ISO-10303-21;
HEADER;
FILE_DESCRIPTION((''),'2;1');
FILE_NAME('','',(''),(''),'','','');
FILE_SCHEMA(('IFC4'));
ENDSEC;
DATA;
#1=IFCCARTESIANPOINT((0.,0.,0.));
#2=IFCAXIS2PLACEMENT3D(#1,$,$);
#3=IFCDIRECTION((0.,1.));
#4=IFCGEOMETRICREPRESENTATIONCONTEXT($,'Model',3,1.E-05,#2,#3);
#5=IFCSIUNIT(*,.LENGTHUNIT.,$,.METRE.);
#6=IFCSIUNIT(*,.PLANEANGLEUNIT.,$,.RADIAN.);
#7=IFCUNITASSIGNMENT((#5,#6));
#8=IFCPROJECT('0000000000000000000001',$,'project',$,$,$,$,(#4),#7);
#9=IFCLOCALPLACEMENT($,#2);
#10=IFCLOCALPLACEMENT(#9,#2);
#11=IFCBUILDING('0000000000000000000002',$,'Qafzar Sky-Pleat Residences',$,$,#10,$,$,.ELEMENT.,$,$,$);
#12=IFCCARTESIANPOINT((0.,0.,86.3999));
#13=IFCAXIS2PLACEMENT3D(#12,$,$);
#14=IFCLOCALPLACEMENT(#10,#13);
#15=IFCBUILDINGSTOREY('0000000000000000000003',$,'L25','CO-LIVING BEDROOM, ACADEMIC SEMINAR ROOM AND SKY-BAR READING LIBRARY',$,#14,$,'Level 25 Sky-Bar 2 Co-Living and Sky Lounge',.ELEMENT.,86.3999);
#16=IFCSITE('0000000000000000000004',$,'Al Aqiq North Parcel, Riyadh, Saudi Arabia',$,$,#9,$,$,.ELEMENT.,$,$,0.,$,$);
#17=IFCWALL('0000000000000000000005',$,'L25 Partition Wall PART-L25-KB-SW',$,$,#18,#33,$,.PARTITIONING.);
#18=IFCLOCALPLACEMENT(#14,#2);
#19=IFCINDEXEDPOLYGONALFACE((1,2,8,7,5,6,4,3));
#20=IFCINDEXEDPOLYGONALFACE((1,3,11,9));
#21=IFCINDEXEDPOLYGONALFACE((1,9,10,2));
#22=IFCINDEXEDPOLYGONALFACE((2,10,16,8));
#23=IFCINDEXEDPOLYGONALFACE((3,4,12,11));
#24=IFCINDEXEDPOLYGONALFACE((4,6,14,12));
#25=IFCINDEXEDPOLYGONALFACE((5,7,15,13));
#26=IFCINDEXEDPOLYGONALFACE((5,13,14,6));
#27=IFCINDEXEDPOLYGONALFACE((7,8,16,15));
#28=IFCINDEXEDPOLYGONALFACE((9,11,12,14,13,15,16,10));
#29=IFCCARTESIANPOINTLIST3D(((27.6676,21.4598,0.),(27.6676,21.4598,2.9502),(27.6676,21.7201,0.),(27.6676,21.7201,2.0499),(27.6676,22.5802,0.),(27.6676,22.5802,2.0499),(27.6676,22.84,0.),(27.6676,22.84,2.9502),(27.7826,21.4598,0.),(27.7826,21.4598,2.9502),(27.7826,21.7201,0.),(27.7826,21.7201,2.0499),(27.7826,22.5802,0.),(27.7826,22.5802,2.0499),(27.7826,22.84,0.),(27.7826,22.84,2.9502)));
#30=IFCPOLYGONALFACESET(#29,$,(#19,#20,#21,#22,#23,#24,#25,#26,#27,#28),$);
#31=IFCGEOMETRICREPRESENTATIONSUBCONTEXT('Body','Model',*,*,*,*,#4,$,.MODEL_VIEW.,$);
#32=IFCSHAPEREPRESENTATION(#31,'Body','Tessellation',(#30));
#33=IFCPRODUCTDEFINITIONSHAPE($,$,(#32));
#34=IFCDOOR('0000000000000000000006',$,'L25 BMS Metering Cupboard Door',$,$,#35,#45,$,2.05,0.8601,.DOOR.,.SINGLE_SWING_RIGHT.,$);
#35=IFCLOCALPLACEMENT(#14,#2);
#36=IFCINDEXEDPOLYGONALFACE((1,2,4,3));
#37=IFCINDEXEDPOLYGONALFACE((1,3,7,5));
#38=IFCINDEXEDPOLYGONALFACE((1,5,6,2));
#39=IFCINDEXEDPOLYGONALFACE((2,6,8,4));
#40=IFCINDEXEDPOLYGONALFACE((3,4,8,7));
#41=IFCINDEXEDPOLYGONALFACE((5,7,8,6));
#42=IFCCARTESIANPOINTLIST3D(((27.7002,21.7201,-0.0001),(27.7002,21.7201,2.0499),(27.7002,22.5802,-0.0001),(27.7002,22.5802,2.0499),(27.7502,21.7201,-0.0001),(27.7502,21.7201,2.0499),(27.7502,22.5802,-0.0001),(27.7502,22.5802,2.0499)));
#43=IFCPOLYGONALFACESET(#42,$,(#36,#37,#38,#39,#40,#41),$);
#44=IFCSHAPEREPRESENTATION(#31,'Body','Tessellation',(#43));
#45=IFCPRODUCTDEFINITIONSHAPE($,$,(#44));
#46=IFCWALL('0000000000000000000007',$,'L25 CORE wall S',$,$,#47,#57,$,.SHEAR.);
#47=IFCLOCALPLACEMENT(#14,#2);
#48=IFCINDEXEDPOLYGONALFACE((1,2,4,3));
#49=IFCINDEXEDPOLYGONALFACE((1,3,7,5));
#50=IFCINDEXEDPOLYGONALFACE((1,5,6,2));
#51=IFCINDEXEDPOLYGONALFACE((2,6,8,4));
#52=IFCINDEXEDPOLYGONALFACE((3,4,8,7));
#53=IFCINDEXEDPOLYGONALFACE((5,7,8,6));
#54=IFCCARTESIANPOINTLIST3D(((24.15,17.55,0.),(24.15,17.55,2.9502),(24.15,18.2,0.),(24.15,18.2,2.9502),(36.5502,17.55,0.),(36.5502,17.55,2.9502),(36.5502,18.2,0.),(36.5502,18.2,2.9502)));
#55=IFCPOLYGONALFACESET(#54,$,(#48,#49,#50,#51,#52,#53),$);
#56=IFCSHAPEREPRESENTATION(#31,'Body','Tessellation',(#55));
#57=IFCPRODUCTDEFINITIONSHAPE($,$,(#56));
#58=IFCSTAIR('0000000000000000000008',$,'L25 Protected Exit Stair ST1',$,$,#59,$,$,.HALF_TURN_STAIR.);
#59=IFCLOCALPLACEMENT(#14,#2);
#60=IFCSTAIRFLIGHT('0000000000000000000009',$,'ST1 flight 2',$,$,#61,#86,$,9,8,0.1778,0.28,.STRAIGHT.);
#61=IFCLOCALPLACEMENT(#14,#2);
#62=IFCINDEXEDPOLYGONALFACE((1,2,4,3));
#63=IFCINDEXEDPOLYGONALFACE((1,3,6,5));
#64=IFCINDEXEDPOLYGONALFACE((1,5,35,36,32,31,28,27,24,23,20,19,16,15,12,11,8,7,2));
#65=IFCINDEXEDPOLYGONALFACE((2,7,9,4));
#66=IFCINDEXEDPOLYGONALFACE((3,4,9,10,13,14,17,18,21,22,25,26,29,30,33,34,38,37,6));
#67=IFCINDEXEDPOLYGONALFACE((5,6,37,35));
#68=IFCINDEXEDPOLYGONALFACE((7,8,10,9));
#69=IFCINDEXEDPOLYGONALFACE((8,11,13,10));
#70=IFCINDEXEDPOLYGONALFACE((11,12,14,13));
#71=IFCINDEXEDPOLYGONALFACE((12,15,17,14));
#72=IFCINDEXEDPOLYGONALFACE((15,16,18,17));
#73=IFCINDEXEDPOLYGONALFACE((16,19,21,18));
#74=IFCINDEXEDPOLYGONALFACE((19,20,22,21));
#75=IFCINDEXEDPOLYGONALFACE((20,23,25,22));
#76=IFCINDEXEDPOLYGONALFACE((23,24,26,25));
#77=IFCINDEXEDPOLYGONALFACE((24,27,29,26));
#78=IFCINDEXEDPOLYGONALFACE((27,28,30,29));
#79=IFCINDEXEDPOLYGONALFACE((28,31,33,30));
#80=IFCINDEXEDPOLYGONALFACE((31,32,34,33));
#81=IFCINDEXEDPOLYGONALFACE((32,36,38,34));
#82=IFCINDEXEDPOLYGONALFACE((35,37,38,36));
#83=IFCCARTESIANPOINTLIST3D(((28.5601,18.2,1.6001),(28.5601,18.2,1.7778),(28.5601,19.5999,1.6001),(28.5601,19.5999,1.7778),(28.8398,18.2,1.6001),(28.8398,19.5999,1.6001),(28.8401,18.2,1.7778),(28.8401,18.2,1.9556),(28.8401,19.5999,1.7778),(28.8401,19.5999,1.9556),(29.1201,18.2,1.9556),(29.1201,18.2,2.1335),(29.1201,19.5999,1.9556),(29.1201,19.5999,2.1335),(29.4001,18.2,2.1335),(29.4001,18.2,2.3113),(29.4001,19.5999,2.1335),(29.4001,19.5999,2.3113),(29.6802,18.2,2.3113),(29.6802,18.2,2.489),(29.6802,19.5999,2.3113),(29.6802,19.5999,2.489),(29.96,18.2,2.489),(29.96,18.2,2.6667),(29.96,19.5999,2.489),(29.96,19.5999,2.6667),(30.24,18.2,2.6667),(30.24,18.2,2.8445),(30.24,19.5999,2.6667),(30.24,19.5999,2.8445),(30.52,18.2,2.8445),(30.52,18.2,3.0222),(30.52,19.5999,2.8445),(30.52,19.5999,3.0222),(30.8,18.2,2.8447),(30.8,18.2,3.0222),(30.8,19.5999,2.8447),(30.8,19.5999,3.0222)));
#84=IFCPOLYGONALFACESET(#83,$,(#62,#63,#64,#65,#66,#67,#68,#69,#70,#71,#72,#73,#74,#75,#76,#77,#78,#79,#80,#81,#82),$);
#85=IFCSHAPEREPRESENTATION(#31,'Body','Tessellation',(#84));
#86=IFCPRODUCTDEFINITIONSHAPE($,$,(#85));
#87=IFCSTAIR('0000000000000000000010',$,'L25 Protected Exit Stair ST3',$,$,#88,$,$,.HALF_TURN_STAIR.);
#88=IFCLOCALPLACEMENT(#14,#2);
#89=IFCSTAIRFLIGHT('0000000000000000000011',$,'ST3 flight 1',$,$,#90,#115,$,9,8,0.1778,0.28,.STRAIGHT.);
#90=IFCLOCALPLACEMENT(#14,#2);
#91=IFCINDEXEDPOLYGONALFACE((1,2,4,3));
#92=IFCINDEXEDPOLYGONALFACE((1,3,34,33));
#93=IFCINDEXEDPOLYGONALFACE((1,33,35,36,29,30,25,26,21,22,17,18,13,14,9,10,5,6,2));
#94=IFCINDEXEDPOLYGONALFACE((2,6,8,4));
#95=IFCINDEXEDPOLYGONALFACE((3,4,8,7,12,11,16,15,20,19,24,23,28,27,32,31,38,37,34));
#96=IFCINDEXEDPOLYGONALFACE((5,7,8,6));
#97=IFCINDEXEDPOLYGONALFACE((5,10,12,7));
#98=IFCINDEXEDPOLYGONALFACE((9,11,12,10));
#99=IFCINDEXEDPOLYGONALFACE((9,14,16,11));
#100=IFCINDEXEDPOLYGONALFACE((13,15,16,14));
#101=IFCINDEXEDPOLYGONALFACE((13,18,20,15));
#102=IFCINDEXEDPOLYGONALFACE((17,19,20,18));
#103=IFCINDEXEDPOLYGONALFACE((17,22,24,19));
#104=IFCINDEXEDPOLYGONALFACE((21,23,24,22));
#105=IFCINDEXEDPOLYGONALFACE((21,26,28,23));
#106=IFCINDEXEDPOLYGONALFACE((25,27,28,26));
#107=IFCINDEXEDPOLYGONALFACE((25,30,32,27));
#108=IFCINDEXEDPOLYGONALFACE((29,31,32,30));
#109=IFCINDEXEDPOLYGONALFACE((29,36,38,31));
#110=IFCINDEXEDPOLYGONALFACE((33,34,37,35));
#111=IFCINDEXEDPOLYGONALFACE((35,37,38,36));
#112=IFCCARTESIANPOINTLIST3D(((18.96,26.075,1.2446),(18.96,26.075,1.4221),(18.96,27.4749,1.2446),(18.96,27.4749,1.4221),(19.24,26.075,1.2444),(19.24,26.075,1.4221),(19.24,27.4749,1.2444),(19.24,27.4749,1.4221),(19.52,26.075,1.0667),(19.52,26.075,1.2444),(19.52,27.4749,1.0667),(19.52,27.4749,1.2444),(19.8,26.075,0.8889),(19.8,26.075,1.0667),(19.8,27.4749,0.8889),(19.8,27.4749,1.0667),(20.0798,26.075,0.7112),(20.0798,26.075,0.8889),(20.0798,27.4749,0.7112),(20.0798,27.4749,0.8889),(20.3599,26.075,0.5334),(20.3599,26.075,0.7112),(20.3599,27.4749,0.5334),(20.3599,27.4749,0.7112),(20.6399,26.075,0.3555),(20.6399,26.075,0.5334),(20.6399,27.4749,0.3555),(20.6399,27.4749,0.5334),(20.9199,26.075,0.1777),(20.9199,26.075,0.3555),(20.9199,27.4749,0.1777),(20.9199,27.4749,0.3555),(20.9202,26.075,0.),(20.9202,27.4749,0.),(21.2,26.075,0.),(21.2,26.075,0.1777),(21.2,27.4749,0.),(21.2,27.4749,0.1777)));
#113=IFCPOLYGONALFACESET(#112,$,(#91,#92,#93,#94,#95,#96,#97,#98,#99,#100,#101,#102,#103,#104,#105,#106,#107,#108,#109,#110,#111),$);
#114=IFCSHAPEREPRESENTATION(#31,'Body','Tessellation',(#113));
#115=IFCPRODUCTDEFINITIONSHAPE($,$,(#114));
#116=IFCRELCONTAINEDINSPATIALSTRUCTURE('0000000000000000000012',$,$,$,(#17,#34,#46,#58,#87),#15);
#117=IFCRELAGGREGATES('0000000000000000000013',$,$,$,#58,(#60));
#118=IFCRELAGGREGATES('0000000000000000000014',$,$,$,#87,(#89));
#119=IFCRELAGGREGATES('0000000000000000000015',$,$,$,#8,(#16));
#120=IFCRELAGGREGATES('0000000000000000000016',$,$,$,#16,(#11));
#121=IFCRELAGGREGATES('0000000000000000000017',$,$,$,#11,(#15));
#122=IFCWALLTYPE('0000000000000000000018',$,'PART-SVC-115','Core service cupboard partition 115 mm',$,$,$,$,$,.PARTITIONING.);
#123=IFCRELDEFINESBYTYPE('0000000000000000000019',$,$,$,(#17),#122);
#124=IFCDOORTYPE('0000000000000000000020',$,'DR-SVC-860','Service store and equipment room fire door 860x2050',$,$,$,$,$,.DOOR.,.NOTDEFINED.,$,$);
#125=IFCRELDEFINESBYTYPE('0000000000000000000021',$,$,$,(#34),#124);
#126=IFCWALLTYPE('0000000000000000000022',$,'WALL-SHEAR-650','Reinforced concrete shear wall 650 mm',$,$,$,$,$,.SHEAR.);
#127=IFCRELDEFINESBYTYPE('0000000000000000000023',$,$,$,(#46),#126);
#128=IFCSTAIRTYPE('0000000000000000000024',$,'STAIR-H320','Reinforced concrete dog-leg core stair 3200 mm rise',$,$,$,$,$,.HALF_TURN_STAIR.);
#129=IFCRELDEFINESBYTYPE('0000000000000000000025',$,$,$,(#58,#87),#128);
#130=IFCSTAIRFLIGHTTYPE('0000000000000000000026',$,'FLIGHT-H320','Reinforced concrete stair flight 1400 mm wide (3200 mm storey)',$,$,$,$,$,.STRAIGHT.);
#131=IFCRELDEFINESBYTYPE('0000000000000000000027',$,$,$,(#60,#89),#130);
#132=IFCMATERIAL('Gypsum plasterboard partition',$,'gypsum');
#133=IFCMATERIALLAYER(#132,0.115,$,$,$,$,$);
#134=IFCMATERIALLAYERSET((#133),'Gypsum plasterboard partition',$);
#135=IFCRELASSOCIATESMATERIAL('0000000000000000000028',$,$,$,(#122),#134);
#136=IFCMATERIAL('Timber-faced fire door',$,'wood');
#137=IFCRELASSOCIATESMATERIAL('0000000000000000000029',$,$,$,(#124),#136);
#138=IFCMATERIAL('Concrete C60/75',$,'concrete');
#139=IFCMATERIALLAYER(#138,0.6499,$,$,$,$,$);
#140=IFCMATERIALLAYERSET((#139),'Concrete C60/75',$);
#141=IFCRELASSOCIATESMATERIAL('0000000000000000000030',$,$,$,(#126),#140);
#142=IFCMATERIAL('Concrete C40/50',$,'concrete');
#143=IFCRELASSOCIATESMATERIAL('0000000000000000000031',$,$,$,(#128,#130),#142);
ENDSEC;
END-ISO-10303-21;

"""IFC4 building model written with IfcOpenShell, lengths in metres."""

from ifc_helpers import new_model, si_unit, direction, frame, frame_2d, origin, place, context, subcontext, project, spatial, polyline, rectangle, outline, extrude, source, transform, mapped, material, layer, layer_set, type_object, element, fill, aggregate, save


model = new_model("IFC4")

# Units and contexts
model_context = context("Model", 3, precision=1e-05, world=origin(), true_north=direction((0.0, 1.0)))
body_context = subcontext(model_context, "Body", "Model", "MODEL_VIEW")
ifc_project = project(units=[si_unit("LENGTHUNIT", "METRE"), si_unit("PLANEANGLEUNIT", "RADIAN")], contexts=[model_context])

# Site, building, storey
site_placement = place(None, origin())
site = spatial("IfcSite", under=ifc_project, at=site_placement, Name="Al Aqiq North Parcel, Riyadh, Saudi Arabia", CompositionType="ELEMENT", RefElevation=0.0)
building_placement = place(site_placement, origin())
building = spatial("IfcBuilding", under=site, at=building_placement, Name="Qafzar Sky-Pleat Residences", CompositionType="ELEMENT")
storey_placement = place(building_placement, frame((0.0, 0.0, 86.3999)))
storey = spatial("IfcBuildingStorey", under=building, at=storey_placement, Name="L25", Description="CO-LIVING BEDROOM, ACADEMIC SEMINAR ROOM AND SKY-BAR READING LIBRARY", LongName="Level 25 Sky-Bar 2 Co-Living and Sky Lounge", CompositionType="ELEMENT", Elevation=86.3999)

# Shared definitions
ifc_material_1 = material(Name="Timber-faced fire door", Category="wood")

# Wall, opening, door
ifc_material_2 = material(Name="Gypsum plasterboard partition", Category="gypsum")
ifc_layer_1 = layer(ifc_material_2, 0.115)
ifc_layer_set_1 = layer_set([ifc_layer_1], Name="Gypsum plasterboard partition")
wall_type_1 = type_object("IfcWallType", Name="PART-SVC-115", Description="Core service cupboard partition 115 mm", PredefinedType="PARTITIONING", material=ifc_layer_set_1)
wall_1_placement = place(storey_placement, frame((27.7251, 21.46, 0.0), z_axis=(0.0, 0.0, 1.0), x_axis=(0.0, 1.0, 0.0)))
wall_1 = element("IfcWall", 1, at=wall_1_placement, inside=storey, type_object=wall_type_1, Name="L25 Partition Wall PART-L25-KB-SW", PredefinedType="PARTITIONING", context=body_context, shape_type="SweptSolid", body=[
    extrude(rectangle(XDim=1.3801, YDim=0.115, at=frame_2d((0.6899, 0.0))), origin(), (0.0, 0.0, 1.0), 2.9502),
])
opening_1_placement = place(wall_1_placement, frame((0.26, 0.0, 0.0)))
opening_1 = element("IfcOpeningElement", 2, at=opening_1_placement, cuts=wall_1, PredefinedType="OPENING", context=body_context, shape_type="SweptSolid", body=[
    extrude(rectangle(XDim=0.8601, YDim=2.05, at=frame_2d((0.4302, 1.0249))), frame((0.0, 0.0674, 0.0), z_axis=(0.0, -1.0, 0.0), x_axis=(1.0, 0.0, 0.0)), (0.0, 0.0, 1.0), 0.135),
])
door_type_1 = type_object("IfcDoorType", Name="DR-SVC-860", Description="Service store and equipment room fire door 860x2050", OperationType="NOTDEFINED", PredefinedType="DOOR", material=ifc_material_1)
shared_shape_1 = source(origin(), body_context, "Body", "SweptSolid", [
    extrude(rectangle(XDim=0.8601, YDim=2.05, at=frame_2d((0.4302, 1.0249))), frame((0.0, 0.0249, 0.0), z_axis=(0.0, -1.0, 0.0), x_axis=(1.0, 0.0, 0.0)), (0.0, 0.0, 1.0), 0.05),
])
door_1_placement = place(opening_1_placement, origin())
door_1 = element("IfcDoor", 3, at=door_1_placement, inside=storey, type_object=door_type_1, Name="L25 BMS Metering Cupboard Door", OperationType="SINGLE_SWING_RIGHT", OverallHeight=2.05, OverallWidth=0.8601, PredefinedType="DOOR", context=body_context, shape_type="MappedRepresentation", body=[
    mapped(shared_shape_1, transform((0.0, 0.0, 0.0), x_axis=(1.0, 0.0, 0.0), y_axis=(0.0, 1.0, 0.0), z_axis=(0.0, 0.0, 1.0), scale=1.0)),
])
fill(opening_1, door_1)

# Shared definitions
ifc_material_3 = material(Name="Concrete C60/75", Category="concrete")

# Wall
ifc_layer_2 = layer(ifc_material_3, 0.6499)
ifc_layer_set_2 = layer_set([ifc_layer_2], Name="Concrete C60/75")
wall_type_2 = type_object("IfcWallType", Name="WALL-SHEAR-650", Description="Reinforced concrete shear wall 650 mm", PredefinedType="SHEAR", material=ifc_layer_set_2)
wall_2_placement = place(storey_placement, frame((24.1499, 17.875, 0.0), z_axis=(0.0, 0.0, 1.0), x_axis=(1.0, 0.0, 0.0)))
element("IfcWall", 4, at=wall_2_placement, inside=storey, type_object=wall_type_2, Name="L25 CORE wall S", PredefinedType="SHEAR", context=body_context, shape_type="SweptSolid", body=[
    extrude(rectangle(XDim=12.4001, YDim=0.6499, at=frame_2d((6.2002, 0.0))), origin(), (0.0, 0.0, 1.0), 2.9502),
])

# Stairs, stair flights
ifc_material_4 = material(Name="Concrete C40/50", Category="concrete")
stair_type = type_object("IfcStairType", Name="STAIR-H320", Description="Reinforced concrete dog-leg core stair 3200 mm rise", PredefinedType="HALF_TURN_STAIR", material=ifc_material_4)
stair_1_placement = place(storey_placement, origin())
stair_1 = element("IfcStair", 5, at=stair_1_placement, inside=storey, type_object=stair_type, Name="L25 Protected Exit Stair ST1", PredefinedType="HALF_TURN_STAIR")
stair_flight_type = type_object("IfcStairFlightType", Name="FLIGHT-H320", Description="Reinforced concrete stair flight 1400 mm wide (3200 mm storey)", PredefinedType="STRAIGHT", material=ifc_material_4)
shared_shape_2 = source(origin(), body_context, "Body", "SweptSolid", [
    extrude(outline(polyline([(0.0, 0.0), (0.0, 0.1777), (0.28, 0.1777), (0.28, 0.3555), (0.5601, 0.3555), (0.5601, 0.5334), (0.8401, 0.5334), (0.8401, 0.7112), (1.1201, 0.7112), (1.1201, 0.8889), (1.3999, 0.8889), (1.3999, 1.0667), (1.6799, 1.0667), (1.6799, 1.2444), (1.96, 1.2444), (1.96, 1.4221), (2.24, 1.4221), (2.24, 1.6001), (2.24, 1.2446), (0.2798, 0.0), (0.0, 0.0)])), frame((0.0, 0.7, 0.0), z_axis=(0.0, -1.0, 0.0), x_axis=(1.0, 0.0, 0.0)), (0.0, 0.0, 1.0), 1.3999),
])
stair_flight_1_placement = place(storey_placement, frame((28.5601, 18.8999, 1.6001), z_axis=(0.0, 0.0, 1.0), x_axis=(1.0, 0.0, 0.0)))
stair_flight_1 = element("IfcStairFlight", 6, at=stair_flight_1_placement, type_object=stair_flight_type, Name="ST1 flight 2", NumberOfRisers=9, NumberOfTreads=8, PredefinedType="STRAIGHT", RiserHeight=0.1778, TreadLength=0.28, context=body_context, shape_type="MappedRepresentation", body=[
    mapped(shared_shape_2, transform((0.0, 0.0, 0.0), x_axis=(1.0, 0.0, 0.0), y_axis=(0.0, 1.0, 0.0), z_axis=(0.0, 0.0, 1.0), scale=1.0)),
])
aggregate(stair_1, [stair_flight_1])
stair_2_placement = place(storey_placement, origin())
stair_2 = element("IfcStair", 7, at=stair_2_placement, inside=storey, type_object=stair_type, Name="L25 Protected Exit Stair ST3", PredefinedType="HALF_TURN_STAIR")
stair_flight_2_placement = place(storey_placement, frame((21.2, 26.7749, 0.0), z_axis=(0.0, 0.0, 1.0), x_axis=(-1.0, 0.0, 0.0)))
stair_flight_2 = element("IfcStairFlight", 8, at=stair_flight_2_placement, type_object=stair_flight_type, Name="ST3 flight 1", NumberOfRisers=9, NumberOfTreads=8, PredefinedType="STRAIGHT", RiserHeight=0.1778, TreadLength=0.28, context=body_context, shape_type="MappedRepresentation", body=[
    mapped(shared_shape_2, transform((0.0, 0.0, 0.0), x_axis=(1.0, 0.0, 0.0), y_axis=(0.0, 1.0, 0.0), z_axis=(0.0, 0.0, 1.0), scale=1.0)),
])
aggregate(stair_2, [stair_flight_2])

save(model, "model.ifc")
